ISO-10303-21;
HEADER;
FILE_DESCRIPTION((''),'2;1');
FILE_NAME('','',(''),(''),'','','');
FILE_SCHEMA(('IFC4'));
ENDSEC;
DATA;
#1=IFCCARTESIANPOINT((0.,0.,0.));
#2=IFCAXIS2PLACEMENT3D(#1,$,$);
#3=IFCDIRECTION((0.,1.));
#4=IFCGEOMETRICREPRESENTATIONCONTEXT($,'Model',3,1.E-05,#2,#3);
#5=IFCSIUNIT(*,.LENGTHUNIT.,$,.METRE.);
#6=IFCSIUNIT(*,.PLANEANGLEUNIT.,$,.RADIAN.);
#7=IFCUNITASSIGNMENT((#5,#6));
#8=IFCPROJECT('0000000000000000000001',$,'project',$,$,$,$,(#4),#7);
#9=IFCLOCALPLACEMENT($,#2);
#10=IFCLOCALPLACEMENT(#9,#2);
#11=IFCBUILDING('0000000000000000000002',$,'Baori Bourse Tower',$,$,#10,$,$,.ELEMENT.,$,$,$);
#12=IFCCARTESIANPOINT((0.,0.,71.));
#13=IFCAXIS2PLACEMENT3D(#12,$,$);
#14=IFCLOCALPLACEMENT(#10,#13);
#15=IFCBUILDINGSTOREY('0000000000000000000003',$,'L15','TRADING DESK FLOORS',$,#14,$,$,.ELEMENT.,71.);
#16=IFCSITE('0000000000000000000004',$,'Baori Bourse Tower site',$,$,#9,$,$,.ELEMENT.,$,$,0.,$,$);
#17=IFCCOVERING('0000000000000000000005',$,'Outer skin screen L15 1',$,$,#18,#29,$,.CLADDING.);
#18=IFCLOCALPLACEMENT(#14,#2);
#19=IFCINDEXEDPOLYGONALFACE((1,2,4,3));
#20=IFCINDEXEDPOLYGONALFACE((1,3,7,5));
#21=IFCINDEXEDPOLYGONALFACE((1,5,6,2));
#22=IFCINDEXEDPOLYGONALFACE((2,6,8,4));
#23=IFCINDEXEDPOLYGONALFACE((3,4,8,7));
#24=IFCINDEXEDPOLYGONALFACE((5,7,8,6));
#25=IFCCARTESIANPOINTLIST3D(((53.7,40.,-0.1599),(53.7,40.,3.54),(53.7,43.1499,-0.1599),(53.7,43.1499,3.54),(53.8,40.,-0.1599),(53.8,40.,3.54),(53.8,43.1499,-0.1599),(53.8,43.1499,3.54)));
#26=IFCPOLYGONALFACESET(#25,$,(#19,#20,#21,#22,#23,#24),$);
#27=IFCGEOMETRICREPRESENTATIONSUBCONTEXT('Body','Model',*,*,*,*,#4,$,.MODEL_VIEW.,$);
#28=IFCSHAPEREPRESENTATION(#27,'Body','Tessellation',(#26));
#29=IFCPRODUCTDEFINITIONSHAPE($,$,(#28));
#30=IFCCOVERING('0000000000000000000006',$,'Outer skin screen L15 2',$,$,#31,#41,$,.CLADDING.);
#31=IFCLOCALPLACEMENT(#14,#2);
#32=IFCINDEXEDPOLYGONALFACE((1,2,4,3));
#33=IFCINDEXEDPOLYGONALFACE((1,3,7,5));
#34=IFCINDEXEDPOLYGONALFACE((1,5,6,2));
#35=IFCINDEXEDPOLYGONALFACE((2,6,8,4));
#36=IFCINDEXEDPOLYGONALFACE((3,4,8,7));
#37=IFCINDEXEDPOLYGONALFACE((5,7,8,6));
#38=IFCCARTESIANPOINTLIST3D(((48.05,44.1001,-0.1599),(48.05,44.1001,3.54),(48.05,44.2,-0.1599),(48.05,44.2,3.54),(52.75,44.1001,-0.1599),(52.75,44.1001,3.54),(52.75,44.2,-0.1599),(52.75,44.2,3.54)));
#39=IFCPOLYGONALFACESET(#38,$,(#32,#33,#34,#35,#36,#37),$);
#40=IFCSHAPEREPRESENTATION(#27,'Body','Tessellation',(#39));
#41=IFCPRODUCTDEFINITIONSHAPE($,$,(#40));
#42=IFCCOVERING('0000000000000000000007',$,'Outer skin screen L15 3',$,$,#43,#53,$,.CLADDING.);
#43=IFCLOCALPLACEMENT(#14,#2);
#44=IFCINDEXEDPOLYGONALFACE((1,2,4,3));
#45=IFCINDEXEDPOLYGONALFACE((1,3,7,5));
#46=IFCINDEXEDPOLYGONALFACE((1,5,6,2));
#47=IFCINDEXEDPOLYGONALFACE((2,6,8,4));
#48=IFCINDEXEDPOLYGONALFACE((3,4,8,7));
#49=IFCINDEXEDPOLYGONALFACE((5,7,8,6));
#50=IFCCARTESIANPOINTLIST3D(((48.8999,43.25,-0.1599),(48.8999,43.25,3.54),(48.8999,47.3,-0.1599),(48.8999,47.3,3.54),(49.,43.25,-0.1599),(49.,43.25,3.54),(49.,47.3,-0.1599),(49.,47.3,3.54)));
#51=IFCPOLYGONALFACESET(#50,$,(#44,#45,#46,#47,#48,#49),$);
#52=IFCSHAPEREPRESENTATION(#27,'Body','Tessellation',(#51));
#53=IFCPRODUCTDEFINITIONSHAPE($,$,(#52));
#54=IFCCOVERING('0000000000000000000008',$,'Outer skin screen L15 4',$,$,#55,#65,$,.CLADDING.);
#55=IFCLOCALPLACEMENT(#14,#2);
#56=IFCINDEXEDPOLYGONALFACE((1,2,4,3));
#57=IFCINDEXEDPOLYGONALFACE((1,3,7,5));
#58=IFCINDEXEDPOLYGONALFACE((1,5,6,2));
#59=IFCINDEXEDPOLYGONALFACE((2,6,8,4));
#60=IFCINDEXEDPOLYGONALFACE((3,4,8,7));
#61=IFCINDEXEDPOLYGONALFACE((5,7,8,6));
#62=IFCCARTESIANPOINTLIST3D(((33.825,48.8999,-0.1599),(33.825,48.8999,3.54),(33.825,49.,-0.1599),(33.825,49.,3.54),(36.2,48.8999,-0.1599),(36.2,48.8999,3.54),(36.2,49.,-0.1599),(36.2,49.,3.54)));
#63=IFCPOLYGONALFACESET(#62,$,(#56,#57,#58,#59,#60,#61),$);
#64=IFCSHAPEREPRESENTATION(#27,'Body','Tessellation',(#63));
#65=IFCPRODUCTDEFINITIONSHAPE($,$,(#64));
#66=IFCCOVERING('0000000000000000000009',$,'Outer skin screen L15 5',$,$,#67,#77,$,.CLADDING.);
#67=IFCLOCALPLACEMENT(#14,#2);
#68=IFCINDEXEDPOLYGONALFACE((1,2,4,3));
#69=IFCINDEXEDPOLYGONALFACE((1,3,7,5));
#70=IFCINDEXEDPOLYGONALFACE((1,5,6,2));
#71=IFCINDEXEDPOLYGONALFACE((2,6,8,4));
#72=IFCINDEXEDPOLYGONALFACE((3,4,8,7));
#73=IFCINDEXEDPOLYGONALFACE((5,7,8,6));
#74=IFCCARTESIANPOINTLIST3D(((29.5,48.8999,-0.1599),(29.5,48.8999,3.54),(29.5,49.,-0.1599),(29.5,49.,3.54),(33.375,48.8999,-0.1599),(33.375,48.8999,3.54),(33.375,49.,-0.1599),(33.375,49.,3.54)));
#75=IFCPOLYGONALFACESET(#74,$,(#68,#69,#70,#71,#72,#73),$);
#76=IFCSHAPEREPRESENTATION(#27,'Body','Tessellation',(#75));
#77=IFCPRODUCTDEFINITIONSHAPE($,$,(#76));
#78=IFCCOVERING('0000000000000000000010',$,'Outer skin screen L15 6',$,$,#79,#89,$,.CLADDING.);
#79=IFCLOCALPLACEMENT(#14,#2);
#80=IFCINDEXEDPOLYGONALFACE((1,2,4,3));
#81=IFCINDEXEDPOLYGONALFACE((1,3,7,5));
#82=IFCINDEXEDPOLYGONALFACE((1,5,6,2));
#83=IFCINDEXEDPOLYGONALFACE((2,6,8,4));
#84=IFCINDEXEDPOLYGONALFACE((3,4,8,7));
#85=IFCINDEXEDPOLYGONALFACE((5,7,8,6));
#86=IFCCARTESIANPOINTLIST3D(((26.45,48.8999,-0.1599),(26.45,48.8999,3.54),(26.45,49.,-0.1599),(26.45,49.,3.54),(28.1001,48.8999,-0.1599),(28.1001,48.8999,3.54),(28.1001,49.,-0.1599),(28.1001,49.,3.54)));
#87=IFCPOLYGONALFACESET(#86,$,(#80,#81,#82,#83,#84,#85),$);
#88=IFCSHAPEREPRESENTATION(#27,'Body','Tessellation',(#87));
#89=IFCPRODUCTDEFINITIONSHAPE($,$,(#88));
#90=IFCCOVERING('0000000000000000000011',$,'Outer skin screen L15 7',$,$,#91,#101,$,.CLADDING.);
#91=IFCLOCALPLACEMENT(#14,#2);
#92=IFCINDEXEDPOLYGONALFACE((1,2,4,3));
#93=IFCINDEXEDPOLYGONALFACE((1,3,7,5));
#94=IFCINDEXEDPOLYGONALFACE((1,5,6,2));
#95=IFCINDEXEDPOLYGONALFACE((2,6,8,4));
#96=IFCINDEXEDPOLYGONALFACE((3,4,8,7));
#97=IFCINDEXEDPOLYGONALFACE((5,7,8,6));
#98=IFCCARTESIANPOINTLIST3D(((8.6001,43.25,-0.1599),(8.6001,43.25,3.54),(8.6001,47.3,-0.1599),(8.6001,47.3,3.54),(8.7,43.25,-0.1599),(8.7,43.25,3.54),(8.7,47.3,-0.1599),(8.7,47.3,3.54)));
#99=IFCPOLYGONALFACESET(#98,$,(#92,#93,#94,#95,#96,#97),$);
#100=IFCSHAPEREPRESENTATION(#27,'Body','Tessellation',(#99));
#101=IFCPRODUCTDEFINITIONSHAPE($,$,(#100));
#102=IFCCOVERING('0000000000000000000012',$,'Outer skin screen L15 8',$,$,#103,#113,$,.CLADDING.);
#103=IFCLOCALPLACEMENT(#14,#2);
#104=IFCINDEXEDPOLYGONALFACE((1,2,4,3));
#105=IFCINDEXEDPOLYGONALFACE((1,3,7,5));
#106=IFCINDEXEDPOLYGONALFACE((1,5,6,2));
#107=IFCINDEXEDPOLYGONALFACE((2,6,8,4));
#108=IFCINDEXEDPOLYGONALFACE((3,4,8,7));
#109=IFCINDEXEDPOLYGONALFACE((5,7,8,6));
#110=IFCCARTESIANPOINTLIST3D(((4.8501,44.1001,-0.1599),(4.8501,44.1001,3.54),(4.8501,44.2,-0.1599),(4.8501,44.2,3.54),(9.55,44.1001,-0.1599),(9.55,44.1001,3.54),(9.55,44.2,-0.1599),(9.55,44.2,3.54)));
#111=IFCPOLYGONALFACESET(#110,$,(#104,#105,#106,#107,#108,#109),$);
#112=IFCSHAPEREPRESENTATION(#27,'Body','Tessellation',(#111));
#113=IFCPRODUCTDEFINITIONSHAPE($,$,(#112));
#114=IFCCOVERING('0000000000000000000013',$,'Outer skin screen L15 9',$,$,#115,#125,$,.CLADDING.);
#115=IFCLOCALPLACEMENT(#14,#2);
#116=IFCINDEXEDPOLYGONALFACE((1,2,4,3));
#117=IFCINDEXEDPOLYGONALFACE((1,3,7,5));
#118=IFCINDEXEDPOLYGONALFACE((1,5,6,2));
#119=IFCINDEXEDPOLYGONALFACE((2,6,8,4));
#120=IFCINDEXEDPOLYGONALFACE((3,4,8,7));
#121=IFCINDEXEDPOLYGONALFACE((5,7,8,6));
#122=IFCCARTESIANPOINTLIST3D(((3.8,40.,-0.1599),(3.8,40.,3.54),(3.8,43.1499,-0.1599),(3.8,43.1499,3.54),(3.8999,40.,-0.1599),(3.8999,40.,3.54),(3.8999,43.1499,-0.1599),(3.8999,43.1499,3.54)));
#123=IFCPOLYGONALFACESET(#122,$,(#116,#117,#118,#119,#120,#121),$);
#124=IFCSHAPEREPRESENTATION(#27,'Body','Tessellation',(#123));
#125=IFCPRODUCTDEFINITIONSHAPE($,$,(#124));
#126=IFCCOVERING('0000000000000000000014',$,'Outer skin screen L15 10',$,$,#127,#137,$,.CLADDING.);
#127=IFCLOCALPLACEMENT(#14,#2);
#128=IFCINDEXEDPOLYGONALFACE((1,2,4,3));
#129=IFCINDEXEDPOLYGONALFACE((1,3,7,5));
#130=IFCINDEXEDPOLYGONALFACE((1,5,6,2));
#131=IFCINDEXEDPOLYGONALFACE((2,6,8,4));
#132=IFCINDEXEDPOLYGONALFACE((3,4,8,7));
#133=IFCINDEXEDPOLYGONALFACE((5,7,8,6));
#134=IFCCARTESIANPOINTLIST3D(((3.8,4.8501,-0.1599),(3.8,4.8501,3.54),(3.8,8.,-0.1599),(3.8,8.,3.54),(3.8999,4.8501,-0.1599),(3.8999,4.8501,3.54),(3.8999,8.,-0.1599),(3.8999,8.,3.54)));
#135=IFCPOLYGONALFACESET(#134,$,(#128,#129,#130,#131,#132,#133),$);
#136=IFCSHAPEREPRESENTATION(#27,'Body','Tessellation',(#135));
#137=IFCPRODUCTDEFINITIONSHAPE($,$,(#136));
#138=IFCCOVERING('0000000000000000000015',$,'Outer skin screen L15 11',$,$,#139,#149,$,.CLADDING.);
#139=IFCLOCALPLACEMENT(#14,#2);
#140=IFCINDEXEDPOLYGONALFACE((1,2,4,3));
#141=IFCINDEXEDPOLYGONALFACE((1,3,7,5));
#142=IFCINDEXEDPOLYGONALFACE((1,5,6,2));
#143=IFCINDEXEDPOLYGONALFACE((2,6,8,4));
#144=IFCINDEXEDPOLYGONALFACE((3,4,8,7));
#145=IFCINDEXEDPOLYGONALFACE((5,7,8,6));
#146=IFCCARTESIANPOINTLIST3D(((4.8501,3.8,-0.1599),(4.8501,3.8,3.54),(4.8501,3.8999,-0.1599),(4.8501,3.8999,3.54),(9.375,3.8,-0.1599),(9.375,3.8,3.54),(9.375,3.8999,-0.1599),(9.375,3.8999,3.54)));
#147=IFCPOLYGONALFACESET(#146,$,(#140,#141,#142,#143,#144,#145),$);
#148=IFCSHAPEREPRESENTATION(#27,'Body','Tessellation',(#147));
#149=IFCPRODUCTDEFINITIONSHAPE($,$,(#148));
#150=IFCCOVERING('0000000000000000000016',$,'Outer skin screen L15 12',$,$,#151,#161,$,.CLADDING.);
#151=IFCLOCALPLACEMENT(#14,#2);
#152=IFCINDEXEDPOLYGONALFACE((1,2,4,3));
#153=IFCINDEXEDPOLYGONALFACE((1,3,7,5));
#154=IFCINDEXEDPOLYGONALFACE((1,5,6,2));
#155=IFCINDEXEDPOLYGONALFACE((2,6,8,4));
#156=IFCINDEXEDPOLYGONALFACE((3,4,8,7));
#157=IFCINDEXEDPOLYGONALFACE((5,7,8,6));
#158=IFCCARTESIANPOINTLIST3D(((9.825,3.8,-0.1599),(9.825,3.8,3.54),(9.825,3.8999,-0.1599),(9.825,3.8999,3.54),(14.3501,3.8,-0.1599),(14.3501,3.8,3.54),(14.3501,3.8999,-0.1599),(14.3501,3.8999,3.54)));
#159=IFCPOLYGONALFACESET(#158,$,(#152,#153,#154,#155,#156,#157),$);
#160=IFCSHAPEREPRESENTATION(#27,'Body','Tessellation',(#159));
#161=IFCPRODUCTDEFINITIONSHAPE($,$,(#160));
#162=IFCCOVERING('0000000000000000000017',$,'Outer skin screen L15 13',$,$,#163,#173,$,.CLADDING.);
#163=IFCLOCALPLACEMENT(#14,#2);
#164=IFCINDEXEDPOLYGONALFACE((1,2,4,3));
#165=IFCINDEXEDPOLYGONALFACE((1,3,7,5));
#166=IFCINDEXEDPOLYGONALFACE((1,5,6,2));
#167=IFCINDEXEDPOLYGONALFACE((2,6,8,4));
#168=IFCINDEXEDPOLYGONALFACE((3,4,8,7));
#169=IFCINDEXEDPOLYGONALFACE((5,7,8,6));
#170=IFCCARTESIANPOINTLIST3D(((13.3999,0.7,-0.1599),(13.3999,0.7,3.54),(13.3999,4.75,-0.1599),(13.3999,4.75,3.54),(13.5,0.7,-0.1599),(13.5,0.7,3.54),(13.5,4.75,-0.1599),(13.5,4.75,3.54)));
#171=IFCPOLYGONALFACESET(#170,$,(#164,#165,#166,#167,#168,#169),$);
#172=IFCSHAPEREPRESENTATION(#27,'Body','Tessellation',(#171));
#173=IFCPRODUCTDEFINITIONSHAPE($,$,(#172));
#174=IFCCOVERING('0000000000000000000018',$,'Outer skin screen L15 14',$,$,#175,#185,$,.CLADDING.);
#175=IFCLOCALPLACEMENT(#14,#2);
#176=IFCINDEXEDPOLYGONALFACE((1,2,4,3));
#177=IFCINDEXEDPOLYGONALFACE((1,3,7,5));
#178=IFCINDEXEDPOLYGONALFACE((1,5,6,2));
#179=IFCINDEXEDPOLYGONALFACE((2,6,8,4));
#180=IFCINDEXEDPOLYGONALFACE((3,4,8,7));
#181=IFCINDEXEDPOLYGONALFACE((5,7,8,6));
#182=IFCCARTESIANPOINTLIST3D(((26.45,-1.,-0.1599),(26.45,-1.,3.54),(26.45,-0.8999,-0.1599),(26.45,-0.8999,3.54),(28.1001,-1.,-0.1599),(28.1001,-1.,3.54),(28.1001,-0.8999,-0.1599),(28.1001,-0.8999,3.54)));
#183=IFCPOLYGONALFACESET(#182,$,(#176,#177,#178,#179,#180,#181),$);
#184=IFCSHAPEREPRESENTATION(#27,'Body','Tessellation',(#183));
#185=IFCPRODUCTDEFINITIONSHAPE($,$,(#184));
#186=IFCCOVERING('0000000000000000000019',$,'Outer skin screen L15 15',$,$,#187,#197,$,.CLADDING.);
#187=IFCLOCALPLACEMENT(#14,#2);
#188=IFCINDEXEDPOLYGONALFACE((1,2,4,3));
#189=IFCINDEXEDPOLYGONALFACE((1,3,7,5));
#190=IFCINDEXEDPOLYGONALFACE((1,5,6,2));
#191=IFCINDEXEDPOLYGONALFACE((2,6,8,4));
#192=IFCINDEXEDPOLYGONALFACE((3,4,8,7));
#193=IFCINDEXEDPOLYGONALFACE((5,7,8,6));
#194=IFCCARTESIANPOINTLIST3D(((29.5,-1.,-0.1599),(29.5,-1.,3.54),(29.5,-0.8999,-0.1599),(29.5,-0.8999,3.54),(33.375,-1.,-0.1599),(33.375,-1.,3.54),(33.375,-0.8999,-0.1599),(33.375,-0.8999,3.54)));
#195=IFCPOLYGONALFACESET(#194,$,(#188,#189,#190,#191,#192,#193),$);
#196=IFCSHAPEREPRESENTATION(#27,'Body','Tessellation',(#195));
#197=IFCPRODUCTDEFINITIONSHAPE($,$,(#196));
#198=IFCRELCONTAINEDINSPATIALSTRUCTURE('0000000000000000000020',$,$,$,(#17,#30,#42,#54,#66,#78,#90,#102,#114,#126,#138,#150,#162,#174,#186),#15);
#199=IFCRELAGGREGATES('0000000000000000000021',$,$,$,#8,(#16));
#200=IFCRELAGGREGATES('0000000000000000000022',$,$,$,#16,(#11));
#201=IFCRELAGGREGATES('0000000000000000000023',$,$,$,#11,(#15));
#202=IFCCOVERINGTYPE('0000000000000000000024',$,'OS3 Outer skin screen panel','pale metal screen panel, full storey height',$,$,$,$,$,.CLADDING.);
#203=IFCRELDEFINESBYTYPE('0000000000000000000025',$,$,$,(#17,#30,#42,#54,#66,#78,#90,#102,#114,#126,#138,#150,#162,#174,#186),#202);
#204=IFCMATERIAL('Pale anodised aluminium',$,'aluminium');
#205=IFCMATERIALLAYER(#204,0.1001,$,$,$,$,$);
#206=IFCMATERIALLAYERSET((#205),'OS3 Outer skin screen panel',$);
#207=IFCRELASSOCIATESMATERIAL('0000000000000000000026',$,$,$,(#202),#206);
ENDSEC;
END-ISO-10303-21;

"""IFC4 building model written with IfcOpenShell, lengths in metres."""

from ifc_helpers import new_model, si_unit, direction, frame, origin, place, context, subcontext, project, spatial, polyline, outline, extrude, material, layer, layer_set, type_object, element, save


model = new_model("IFC4")

# Units and contexts
model_context = context("Model", 3, precision=1e-05, world=origin(), true_north=direction((0.0, 1.0)))
body_context = subcontext(model_context, "Body", "Model", "MODEL_VIEW")
ifc_project = project(units=[si_unit("LENGTHUNIT", "METRE"), si_unit("PLANEANGLEUNIT", "RADIAN")], contexts=[model_context])

# Site, building, storey
site_placement = place(None, origin())
site = spatial("IfcSite", under=ifc_project, at=site_placement, Name="Baori Bourse Tower site", CompositionType="ELEMENT", RefElevation=0.0)
building_placement = place(site_placement, origin())
building = spatial("IfcBuilding", under=site, at=building_placement, Name="Baori Bourse Tower", CompositionType="ELEMENT")
storey_placement = place(building_placement, frame((0.0, 0.0, 71.0)))
storey = spatial("IfcBuildingStorey", under=building, at=storey_placement, Name="L15", Description="TRADING DESK FLOORS", CompositionType="ELEMENT", Elevation=71.0)

# Coverings
ifc_material_1 = material(Name="Pale anodised aluminium", Category="aluminium")
ifc_layer_1 = layer(ifc_material_1, 0.1001)
ifc_layer_set_1 = layer_set([ifc_layer_1], Name="OS3 Outer skin screen panel")
covering_type = type_object("IfcCoveringType", Name="OS3 Outer skin screen panel", Description="pale metal screen panel, full storey height", PredefinedType="CLADDING", material=ifc_layer_set_1)
covering_1_placement = place(storey_placement, frame((0.0, 0.0, -0.1599)))
element("IfcCovering", 1, at=covering_1_placement, inside=storey, type_object=covering_type, Name="Outer skin screen L15 1", PredefinedType="CLADDING", context=body_context, shape_type="SweptSolid", body=[
    extrude(outline(polyline([(53.7, 43.1499), (53.7, 40.0), (53.8, 40.0), (53.8, 43.1499), (53.7, 43.1499)])), origin(), (0.0, 0.0, 1.0), 3.7),
])
covering_2_placement = place(storey_placement, frame((0.0, 0.0, -0.1599)))
element("IfcCovering", 2, at=covering_2_placement, inside=storey, type_object=covering_type, Name="Outer skin screen L15 2", PredefinedType="CLADDING", context=body_context, shape_type="SweptSolid", body=[
    extrude(outline(polyline([(48.05, 44.1001), (52.75, 44.1001), (52.75, 44.2), (48.05, 44.2), (48.05, 44.1001)])), origin(), (0.0, 0.0, 1.0), 3.7),
])
covering_3_placement = place(storey_placement, frame((0.0, 0.0, -0.1599)))
element("IfcCovering", 3, at=covering_3_placement, inside=storey, type_object=covering_type, Name="Outer skin screen L15 3", PredefinedType="CLADDING", context=body_context, shape_type="SweptSolid", body=[
    extrude(outline(polyline([(48.8999, 47.3), (48.8999, 43.25), (49.0, 43.25), (49.0, 47.3), (48.8999, 47.3)])), origin(), (0.0, 0.0, 1.0), 3.7),
])
covering_4_placement = place(storey_placement, frame((0.0, 0.0, -0.1599)))
element("IfcCovering", 4, at=covering_4_placement, inside=storey, type_object=covering_type, Name="Outer skin screen L15 4", PredefinedType="CLADDING", context=body_context, shape_type="SweptSolid", body=[
    extrude(outline(polyline([(33.825, 48.8999), (36.2, 48.8999), (36.2, 49.0), (33.825, 49.0), (33.825, 48.8999)])), origin(), (0.0, 0.0, 1.0), 3.7),
])
covering_5_placement = place(storey_placement, frame((0.0, 0.0, -0.1599)))
element("IfcCovering", 5, at=covering_5_placement, inside=storey, type_object=covering_type, Name="Outer skin screen L15 5", PredefinedType="CLADDING", context=body_context, shape_type="SweptSolid", body=[
    extrude(outline(polyline([(29.5, 48.8999), (33.375, 48.8999), (33.375, 49.0), (29.5, 49.0), (29.5, 48.8999)])), origin(), (0.0, 0.0, 1.0), 3.7),
])
covering_6_placement = place(storey_placement, frame((0.0, 0.0, -0.1599)))
element("IfcCovering", 6, at=covering_6_placement, inside=storey, type_object=covering_type, Name="Outer skin screen L15 6", PredefinedType="CLADDING", context=body_context, shape_type="SweptSolid", body=[
    extrude(outline(polyline([(26.45, 48.8999), (28.1001, 48.8999), (28.1001, 49.0), (26.45, 49.0), (26.45, 48.8999)])), origin(), (0.0, 0.0, 1.0), 3.7),
])
covering_7_placement = place(storey_placement, frame((0.0, 0.0, -0.1599)))
element("IfcCovering", 7, at=covering_7_placement, inside=storey, type_object=covering_type, Name="Outer skin screen L15 7", PredefinedType="CLADDING", context=body_context, shape_type="SweptSolid", body=[
    extrude(outline(polyline([(8.7, 43.25), (8.7, 47.3), (8.6001, 47.3), (8.6001, 43.25), (8.7, 43.25)])), origin(), (0.0, 0.0, 1.0), 3.7),
])
covering_8_placement = place(storey_placement, frame((0.0, 0.0, -0.1599)))
element("IfcCovering", 8, at=covering_8_placement, inside=storey, type_object=covering_type, Name="Outer skin screen L15 8", PredefinedType="CLADDING", context=body_context, shape_type="SweptSolid", body=[
    extrude(outline(polyline([(4.8501, 44.1001), (9.55, 44.1001), (9.55, 44.2), (4.8501, 44.2), (4.8501, 44.1001)])), origin(), (0.0, 0.0, 1.0), 3.7),
])
covering_9_placement = place(storey_placement, frame((0.0, 0.0, -0.1599)))
element("IfcCovering", 9, at=covering_9_placement, inside=storey, type_object=covering_type, Name="Outer skin screen L15 9", PredefinedType="CLADDING", context=body_context, shape_type="SweptSolid", body=[
    extrude(outline(polyline([(3.8999, 40.0), (3.8999, 43.1499), (3.8, 43.1499), (3.8, 40.0), (3.8999, 40.0), (3.8999, 40.0)])), origin(), (0.0, 0.0, 1.0), 3.7),
])
covering_10_placement = place(storey_placement, frame((0.0, 0.0, -0.1599)))
element("IfcCovering", 10, at=covering_10_placement, inside=storey, type_object=covering_type, Name="Outer skin screen L15 10", PredefinedType="CLADDING", context=body_context, shape_type="SweptSolid", body=[
    extrude(outline(polyline([(3.8999, 4.8501), (3.8999, 8.0), (3.8999, 8.0), (3.8, 8.0), (3.8, 4.8501), (3.8999, 4.8501)])), origin(), (0.0, 0.0, 1.0), 3.7),
])
covering_11_placement = place(storey_placement, frame((0.0, 0.0, -0.1599)))
element("IfcCovering", 11, at=covering_11_placement, inside=storey, type_object=covering_type, Name="Outer skin screen L15 11", PredefinedType="CLADDING", context=body_context, shape_type="SweptSolid", body=[
    extrude(outline(polyline([(9.375, 3.8999), (4.8501, 3.8999), (4.8501, 3.8), (9.375, 3.8), (9.375, 3.8999)])), origin(), (0.0, 0.0, 1.0), 3.7),
])
covering_12_placement = place(storey_placement, frame((0.0, 0.0, -0.1599)))
element("IfcCovering", 12, at=covering_12_placement, inside=storey, type_object=covering_type, Name="Outer skin screen L15 12", PredefinedType="CLADDING", context=body_context, shape_type="SweptSolid", body=[
    extrude(outline(polyline([(14.3501, 3.8999), (9.825, 3.8999), (9.825, 3.8), (14.3501, 3.8), (14.3501, 3.8999)])), origin(), (0.0, 0.0, 1.0), 3.7),
])
covering_13_placement = place(storey_placement, frame((0.0, 0.0, -0.1599)))
element("IfcCovering", 13, at=covering_13_placement, inside=storey, type_object=covering_type, Name="Outer skin screen L15 13", PredefinedType="CLADDING", context=body_context, shape_type="SweptSolid", body=[
    extrude(outline(polyline([(13.5, 0.7), (13.5, 4.75), (13.3999, 4.75), (13.3999, 0.7), (13.5, 0.7)])), origin(), (0.0, 0.0, 1.0), 3.7),
])
covering_14_placement = place(storey_placement, frame((0.0, 0.0, -0.1599)))
element("IfcCovering", 14, at=covering_14_placement, inside=storey, type_object=covering_type, Name="Outer skin screen L15 14", PredefinedType="CLADDING", context=body_context, shape_type="SweptSolid", body=[
    extrude(outline(polyline([(28.1001, -0.8999), (26.45, -0.8999), (26.45, -1.0), (28.1001, -1.0), (28.1001, -0.8999)])), origin(), (0.0, 0.0, 1.0), 3.7),
])
covering_15_placement = place(storey_placement, frame((0.0, 0.0, -0.1599)))
element("IfcCovering", 15, at=covering_15_placement, inside=storey, type_object=covering_type, Name="Outer skin screen L15 15", PredefinedType="CLADDING", context=body_context, shape_type="SweptSolid", body=[
    extrude(outline(polyline([(33.375, -0.8999), (29.5, -0.8999), (29.5, -1.0), (33.375, -1.0), (33.375, -0.8999)])), origin(), (0.0, 0.0, 1.0), 3.7),
])

save(model, "model.ifc")
